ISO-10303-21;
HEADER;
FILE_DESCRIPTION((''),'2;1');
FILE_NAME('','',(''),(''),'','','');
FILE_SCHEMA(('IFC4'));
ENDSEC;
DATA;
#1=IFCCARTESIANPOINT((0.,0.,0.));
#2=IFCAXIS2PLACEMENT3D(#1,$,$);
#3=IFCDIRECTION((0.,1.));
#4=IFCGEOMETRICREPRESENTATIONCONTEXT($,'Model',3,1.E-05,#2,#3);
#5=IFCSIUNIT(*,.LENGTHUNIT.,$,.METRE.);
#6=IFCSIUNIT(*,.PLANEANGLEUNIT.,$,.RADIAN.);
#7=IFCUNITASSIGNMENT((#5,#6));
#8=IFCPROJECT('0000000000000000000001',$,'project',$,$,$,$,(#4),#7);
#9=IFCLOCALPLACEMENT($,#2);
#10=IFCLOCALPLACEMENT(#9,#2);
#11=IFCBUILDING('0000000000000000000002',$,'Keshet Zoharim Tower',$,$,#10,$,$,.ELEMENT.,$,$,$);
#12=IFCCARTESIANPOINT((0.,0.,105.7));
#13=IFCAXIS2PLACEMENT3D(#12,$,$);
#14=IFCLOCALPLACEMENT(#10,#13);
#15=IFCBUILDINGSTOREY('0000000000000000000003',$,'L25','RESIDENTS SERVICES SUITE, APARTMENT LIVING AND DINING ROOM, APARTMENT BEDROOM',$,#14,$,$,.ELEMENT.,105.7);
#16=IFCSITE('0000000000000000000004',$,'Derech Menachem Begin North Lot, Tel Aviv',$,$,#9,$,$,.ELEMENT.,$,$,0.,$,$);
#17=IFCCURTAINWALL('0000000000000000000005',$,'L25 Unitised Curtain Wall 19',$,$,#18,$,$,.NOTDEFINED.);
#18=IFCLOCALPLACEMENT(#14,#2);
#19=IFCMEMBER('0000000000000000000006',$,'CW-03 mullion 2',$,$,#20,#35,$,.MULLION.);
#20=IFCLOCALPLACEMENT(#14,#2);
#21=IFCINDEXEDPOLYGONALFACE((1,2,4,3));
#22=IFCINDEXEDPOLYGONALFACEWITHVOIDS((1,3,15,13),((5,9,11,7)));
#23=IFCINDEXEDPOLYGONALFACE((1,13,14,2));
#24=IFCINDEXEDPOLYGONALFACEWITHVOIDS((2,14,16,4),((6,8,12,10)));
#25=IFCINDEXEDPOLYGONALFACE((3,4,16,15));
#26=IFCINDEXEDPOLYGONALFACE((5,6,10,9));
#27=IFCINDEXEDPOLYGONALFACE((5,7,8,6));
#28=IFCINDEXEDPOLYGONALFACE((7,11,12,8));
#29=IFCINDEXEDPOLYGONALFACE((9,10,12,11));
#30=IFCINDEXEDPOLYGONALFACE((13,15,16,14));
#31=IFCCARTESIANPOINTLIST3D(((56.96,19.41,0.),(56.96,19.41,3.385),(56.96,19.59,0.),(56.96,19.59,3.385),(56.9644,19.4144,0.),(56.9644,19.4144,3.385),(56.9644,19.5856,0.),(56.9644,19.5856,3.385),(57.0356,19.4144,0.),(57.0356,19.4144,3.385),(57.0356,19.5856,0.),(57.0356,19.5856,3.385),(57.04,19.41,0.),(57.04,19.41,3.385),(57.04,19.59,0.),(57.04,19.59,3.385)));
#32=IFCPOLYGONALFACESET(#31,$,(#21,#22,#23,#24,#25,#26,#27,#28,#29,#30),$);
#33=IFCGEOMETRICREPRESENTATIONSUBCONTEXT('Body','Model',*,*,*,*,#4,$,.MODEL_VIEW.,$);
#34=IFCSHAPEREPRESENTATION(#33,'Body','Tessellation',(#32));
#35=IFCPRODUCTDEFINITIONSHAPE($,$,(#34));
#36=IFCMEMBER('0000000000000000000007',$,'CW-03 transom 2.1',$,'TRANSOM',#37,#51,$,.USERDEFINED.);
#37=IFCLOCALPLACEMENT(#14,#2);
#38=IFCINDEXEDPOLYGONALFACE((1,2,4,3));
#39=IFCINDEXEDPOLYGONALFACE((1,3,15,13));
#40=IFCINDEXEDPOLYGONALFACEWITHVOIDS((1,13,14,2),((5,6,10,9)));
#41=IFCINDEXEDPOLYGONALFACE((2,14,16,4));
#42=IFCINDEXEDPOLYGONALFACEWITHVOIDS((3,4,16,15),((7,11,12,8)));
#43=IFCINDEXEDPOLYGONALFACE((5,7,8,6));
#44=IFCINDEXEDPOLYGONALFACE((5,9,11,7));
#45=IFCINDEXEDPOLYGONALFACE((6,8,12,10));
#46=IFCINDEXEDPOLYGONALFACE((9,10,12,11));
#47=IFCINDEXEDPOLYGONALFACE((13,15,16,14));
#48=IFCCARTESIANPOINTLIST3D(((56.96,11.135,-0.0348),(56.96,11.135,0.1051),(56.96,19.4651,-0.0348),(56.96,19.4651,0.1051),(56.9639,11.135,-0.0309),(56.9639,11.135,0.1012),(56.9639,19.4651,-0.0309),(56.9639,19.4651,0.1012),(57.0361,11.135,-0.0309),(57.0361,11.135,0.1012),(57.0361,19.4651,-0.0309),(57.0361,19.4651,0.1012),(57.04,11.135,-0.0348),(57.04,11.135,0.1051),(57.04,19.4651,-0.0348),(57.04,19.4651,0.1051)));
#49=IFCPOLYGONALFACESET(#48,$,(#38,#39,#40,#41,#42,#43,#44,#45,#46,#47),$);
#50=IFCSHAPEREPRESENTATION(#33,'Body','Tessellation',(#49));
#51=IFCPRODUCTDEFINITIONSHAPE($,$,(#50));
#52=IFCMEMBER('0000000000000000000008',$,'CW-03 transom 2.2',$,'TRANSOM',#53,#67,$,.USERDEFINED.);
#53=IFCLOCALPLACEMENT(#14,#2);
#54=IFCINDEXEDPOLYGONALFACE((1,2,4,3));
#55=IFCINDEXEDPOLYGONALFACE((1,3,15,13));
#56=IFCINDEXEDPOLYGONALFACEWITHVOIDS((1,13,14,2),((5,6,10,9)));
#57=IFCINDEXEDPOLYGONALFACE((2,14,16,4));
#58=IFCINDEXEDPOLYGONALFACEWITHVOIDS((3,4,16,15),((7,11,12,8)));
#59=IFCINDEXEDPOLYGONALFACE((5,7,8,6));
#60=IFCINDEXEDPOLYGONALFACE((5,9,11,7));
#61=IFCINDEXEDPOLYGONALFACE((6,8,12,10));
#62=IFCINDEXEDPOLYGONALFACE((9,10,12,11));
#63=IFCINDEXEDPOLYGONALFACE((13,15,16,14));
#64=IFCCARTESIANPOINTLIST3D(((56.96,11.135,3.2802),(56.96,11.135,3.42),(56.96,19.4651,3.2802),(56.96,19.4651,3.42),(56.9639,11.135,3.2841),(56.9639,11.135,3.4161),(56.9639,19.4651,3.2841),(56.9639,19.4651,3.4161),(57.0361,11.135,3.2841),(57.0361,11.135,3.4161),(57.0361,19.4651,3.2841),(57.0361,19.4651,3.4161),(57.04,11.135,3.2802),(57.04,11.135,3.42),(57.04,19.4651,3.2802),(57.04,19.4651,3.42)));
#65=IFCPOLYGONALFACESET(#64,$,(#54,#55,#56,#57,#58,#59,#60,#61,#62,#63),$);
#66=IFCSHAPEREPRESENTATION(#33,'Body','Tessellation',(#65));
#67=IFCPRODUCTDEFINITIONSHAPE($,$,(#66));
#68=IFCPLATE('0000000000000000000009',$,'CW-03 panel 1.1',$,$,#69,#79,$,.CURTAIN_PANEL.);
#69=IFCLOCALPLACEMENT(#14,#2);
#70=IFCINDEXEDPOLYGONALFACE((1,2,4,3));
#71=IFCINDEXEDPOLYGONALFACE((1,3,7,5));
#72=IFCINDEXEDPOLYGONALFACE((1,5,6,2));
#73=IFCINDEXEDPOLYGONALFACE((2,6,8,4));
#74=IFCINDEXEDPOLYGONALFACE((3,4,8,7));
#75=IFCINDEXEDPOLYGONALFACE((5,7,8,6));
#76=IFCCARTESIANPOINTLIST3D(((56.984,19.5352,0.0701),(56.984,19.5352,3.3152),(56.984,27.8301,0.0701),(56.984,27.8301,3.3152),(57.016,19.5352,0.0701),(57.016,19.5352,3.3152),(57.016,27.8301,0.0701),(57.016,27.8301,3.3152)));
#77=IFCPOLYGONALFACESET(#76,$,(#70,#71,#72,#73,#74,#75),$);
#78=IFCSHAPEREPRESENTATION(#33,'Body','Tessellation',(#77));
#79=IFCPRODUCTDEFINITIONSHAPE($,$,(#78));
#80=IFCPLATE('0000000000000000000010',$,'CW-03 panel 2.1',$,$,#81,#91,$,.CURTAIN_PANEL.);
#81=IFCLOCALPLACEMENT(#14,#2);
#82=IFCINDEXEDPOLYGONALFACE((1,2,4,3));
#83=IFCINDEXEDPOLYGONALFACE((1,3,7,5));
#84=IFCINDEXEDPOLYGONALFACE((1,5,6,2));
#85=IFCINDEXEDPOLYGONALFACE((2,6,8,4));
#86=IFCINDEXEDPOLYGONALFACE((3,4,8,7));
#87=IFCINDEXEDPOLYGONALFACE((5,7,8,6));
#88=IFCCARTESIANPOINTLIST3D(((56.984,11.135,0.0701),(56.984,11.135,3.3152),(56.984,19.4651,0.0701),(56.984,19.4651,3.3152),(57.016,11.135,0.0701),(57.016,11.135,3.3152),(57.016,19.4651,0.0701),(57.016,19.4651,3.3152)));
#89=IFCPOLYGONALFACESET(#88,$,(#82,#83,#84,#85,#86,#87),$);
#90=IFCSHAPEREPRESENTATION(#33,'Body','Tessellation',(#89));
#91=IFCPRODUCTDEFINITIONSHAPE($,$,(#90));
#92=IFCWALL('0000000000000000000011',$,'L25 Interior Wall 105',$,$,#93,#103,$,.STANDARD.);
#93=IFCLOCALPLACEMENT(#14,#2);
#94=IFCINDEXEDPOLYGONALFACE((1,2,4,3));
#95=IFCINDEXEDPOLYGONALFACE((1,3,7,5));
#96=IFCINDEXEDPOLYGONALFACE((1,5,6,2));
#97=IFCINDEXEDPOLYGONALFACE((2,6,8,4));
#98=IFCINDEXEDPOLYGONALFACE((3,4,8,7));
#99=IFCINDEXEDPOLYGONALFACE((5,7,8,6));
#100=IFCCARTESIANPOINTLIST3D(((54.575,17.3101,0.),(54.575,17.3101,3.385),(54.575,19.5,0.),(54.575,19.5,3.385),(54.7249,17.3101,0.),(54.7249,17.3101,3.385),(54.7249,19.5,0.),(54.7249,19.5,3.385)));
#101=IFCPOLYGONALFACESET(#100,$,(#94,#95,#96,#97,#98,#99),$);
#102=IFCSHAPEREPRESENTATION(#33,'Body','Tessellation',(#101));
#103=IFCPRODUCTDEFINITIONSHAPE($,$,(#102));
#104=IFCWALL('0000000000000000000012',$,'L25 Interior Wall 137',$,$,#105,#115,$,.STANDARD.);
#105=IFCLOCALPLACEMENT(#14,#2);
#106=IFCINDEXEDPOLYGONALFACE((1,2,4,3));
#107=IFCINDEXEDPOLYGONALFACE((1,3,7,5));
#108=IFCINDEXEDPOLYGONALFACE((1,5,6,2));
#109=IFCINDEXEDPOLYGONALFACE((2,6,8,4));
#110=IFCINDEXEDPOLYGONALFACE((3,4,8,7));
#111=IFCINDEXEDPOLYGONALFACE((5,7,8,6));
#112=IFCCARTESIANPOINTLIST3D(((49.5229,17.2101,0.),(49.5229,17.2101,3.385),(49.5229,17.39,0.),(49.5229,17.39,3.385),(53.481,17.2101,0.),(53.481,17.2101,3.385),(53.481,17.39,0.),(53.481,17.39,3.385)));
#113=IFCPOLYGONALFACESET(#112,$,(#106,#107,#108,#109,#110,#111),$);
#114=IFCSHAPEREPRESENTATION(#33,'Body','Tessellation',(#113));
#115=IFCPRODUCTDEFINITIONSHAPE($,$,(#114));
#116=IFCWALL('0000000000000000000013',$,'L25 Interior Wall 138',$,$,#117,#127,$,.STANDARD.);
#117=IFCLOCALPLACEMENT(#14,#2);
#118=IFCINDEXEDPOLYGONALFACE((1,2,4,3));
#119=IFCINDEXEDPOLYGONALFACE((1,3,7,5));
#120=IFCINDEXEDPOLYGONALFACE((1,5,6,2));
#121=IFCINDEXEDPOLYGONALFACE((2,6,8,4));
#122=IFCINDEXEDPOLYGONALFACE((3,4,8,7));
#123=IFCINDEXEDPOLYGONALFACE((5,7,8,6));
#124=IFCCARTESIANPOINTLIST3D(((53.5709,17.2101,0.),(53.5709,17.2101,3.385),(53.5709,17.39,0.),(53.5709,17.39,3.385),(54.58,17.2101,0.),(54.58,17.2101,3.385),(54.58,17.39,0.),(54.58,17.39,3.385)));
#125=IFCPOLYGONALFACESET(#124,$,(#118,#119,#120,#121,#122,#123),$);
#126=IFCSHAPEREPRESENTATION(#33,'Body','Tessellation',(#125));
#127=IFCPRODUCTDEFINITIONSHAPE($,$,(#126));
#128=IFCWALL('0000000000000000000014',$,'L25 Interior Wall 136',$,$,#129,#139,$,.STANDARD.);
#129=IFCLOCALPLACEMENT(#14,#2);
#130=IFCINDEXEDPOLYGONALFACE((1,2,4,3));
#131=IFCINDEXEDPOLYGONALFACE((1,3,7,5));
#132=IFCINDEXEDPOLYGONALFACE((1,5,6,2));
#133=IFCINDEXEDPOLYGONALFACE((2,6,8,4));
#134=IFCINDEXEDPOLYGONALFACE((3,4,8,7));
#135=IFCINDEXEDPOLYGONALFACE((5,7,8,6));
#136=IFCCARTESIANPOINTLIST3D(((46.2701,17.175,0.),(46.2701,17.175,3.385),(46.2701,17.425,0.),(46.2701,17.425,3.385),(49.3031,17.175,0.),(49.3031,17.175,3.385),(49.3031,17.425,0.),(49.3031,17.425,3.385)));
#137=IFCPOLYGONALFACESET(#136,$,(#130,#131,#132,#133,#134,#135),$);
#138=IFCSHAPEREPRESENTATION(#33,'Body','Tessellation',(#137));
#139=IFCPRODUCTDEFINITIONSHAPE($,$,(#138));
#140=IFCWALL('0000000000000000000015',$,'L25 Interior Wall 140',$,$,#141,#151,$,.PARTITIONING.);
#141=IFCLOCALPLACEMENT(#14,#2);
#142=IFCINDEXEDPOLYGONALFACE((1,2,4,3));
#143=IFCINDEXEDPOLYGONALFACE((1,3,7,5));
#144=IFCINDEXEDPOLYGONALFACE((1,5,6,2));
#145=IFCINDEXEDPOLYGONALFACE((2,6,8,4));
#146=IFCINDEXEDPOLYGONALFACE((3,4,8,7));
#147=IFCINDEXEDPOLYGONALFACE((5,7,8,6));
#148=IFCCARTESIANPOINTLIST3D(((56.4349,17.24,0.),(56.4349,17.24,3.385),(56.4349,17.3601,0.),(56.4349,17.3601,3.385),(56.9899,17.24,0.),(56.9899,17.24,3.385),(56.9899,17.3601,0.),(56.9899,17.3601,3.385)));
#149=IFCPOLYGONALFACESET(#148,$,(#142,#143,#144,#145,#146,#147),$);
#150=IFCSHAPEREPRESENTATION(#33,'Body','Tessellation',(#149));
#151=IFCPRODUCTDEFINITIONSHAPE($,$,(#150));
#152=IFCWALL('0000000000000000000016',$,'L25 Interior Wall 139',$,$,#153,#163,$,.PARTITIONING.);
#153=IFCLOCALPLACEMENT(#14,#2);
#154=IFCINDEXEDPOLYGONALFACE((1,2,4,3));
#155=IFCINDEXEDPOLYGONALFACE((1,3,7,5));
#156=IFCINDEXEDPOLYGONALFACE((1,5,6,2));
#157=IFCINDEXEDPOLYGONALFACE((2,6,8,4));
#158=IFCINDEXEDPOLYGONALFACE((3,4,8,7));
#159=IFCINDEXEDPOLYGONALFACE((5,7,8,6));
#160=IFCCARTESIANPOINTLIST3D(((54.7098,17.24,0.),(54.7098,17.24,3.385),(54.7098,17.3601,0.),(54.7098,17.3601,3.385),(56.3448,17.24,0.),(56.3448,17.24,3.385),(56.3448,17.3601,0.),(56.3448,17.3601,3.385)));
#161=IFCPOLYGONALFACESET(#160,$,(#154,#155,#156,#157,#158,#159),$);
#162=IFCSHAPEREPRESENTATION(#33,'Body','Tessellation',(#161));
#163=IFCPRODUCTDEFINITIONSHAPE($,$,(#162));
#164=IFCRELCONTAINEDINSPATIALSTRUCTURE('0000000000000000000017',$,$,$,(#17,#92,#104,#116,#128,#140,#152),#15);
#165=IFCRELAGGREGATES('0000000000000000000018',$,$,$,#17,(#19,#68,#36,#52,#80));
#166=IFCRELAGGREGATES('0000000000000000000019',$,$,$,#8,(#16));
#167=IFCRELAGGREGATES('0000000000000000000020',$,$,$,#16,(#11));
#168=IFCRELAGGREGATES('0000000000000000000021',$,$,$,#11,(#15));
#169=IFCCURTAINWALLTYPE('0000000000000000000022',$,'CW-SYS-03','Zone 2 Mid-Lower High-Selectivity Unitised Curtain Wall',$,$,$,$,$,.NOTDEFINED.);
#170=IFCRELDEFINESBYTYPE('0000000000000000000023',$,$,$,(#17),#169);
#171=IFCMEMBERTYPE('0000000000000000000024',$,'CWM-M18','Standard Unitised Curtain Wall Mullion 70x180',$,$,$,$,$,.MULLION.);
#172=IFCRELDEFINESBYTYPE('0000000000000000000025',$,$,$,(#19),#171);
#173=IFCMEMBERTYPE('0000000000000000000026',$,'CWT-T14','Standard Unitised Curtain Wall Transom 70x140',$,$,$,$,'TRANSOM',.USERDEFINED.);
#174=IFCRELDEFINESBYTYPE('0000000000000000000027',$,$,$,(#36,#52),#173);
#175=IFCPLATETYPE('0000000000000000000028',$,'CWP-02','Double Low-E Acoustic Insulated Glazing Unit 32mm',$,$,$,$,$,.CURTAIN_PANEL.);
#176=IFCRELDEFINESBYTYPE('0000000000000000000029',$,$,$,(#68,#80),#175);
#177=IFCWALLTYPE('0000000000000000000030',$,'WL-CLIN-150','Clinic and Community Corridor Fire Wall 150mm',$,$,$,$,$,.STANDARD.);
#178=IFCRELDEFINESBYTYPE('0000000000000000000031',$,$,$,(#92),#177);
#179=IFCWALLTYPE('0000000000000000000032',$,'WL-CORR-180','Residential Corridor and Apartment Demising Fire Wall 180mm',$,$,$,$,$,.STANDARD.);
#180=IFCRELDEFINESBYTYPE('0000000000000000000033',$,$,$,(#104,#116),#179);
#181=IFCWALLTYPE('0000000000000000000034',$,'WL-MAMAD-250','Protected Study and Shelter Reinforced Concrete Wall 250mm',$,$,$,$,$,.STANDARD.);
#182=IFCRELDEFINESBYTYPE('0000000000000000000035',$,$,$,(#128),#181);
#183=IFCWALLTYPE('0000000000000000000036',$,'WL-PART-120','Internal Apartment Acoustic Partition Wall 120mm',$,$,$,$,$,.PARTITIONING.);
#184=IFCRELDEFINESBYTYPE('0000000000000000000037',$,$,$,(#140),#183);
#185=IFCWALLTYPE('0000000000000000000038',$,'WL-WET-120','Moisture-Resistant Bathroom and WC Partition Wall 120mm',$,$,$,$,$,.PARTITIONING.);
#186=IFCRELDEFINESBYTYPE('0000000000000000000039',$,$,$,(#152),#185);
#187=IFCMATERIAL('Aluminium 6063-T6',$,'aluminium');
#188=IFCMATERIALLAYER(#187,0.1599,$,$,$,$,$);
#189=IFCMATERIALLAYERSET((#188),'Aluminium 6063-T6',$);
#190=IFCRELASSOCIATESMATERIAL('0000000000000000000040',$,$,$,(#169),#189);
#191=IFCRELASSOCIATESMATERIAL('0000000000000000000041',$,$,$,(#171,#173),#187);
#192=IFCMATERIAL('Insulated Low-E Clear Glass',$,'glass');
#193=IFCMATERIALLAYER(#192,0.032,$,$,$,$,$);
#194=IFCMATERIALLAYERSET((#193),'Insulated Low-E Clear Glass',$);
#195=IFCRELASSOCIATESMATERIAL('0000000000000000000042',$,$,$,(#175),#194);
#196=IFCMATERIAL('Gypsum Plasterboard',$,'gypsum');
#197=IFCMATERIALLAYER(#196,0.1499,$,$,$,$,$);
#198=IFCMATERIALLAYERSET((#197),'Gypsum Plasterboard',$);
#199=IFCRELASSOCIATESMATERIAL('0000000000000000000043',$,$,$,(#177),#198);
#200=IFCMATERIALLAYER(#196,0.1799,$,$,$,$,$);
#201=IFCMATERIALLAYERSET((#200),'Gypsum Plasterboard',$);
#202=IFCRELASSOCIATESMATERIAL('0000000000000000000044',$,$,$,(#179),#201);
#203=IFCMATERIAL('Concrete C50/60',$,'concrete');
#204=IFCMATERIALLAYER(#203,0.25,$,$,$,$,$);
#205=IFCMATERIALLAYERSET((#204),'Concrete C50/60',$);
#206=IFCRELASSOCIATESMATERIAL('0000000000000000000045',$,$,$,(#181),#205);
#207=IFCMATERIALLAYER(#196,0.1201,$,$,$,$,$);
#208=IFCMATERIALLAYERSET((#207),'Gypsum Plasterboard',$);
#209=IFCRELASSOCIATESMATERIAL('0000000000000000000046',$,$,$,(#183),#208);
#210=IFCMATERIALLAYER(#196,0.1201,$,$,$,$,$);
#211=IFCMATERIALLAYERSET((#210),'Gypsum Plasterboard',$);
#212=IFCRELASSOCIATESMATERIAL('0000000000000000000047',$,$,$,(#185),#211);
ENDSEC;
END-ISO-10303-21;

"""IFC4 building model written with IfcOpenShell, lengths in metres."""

from ifc_helpers import new_model, si_unit, direction, frame, frame_2d, origin, origin_2d, place, context, subcontext, project, spatial, rectangle, hollow_rectangle, extrude, material, layer, layer_set, material_profile, profile_set, type_object, element, aggregate, save


model = new_model("IFC4")

# Units and contexts
model_context = context("Model", 3, precision=1e-05, world=origin(), true_north=direction((0.0, 1.0)))
body_context = subcontext(model_context, "Body", "Model", "MODEL_VIEW")
ifc_project = project(units=[si_unit("LENGTHUNIT", "METRE"), si_unit("PLANEANGLEUNIT", "RADIAN")], contexts=[model_context])

# Site, building, storey
site_placement = place(None, origin())
site = spatial("IfcSite", under=ifc_project, at=site_placement, Name="Derech Menachem Begin North Lot, Tel Aviv", CompositionType="ELEMENT", RefElevation=0.0)
building_placement = place(site_placement, origin())
building = spatial("IfcBuilding", under=site, at=building_placement, Name="Keshet Zoharim Tower", CompositionType="ELEMENT")
storey_placement = place(building_placement, frame((0.0, 0.0, 105.7)))
storey = spatial("IfcBuildingStorey", under=building, at=storey_placement, Name="L25", Description="RESIDENTS SERVICES SUITE, APARTMENT LIVING AND DINING ROOM, APARTMENT BEDROOM", CompositionType="ELEMENT", Elevation=105.7)

# Curtain wall, members, plates
ifc_material_1 = material(Name="Aluminium 6063-T6", Category="aluminium")
ifc_layer_1 = layer(ifc_material_1, 0.1599)
ifc_layer_set_1 = layer_set([ifc_layer_1], Name="Aluminium 6063-T6")
curtain_wall_type = type_object("IfcCurtainWallType", Name="CW-SYS-03", Description="Zone 2 Mid-Lower High-Selectivity Unitised Curtain Wall", PredefinedType="NOTDEFINED", material=ifc_layer_set_1)
curtain_wall_placement = place(storey_placement, origin())
curtain_wall = element("IfcCurtainWall", 1, at=curtain_wall_placement, inside=storey, type_object=curtain_wall_type, Name="L25 Unitised Curtain Wall 19", PredefinedType="NOTDEFINED")
ifc_material_profile_1 = material_profile(ifc_material_1, hollow_rectangle(XDim=0.0801, YDim=0.1799, WallThickness=0.0044, at=origin_2d()), Name="MUL-80x180")
ifc_profile_set_1 = profile_set([ifc_material_profile_1], Name="Aluminium 6063-T6")
member_type_1 = type_object("IfcMemberType", Name="CWM-M18", Description="Standard Unitised Curtain Wall Mullion 70x180", PredefinedType="MULLION", material=ifc_profile_set_1)
member_1_placement = place(storey_placement, frame((57.0, 19.5, 0.0), z_axis=(0.0, 0.0, 1.0), x_axis=(1.0, 0.0, 0.0)))
member_1 = element("IfcMember", 2, at=member_1_placement, type_object=member_type_1, Name="CW-03 mullion 2", PredefinedType="MULLION", context=body_context, shape_type="SweptSolid", body=[
    extrude(hollow_rectangle(XDim=0.0801, YDim=0.1799, WallThickness=0.0044, at=origin_2d()), origin(), (0.0, 0.0, 1.0), 3.385),
])
ifc_material_profile_2 = material_profile(ifc_material_1, hollow_rectangle(XDim=0.0801, YDim=0.1399, WallThickness=0.0039, at=origin_2d()), Name="TRN-80x140")
ifc_profile_set_2 = profile_set([ifc_material_profile_2], Name="Aluminium 6063-T6")
member_type_2 = type_object("IfcMemberType", Name="CWT-T14", Description="Standard Unitised Curtain Wall Transom 70x140", ElementType="TRANSOM", PredefinedType="USERDEFINED", material=ifc_profile_set_2)
member_2_placement = place(storey_placement, frame((57.0, 19.4651, 0.0352), z_axis=(0.0, -1.0, 0.0), x_axis=(1.0, 0.0, 0.0)))
member_2 = element("IfcMember", 3, at=member_2_placement, type_object=member_type_2, Name="CW-03 transom 2.1", ObjectType="TRANSOM", PredefinedType="USERDEFINED", context=body_context, shape_type="SweptSolid", body=[
    extrude(hollow_rectangle(XDim=0.0801, YDim=0.1399, WallThickness=0.0039, at=origin_2d()), origin(), (0.0, 0.0, 1.0), 8.3301),
])
member_3_placement = place(storey_placement, frame((57.0, 19.4651, 3.3501), z_axis=(0.0, -1.0, 0.0), x_axis=(1.0, 0.0, 0.0)))
member_3 = element("IfcMember", 4, at=member_3_placement, type_object=member_type_2, Name="CW-03 transom 2.2", ObjectType="TRANSOM", PredefinedType="USERDEFINED", context=body_context, shape_type="SweptSolid", body=[
    extrude(hollow_rectangle(XDim=0.0801, YDim=0.1399, WallThickness=0.0039, at=origin_2d()), origin(), (0.0, 0.0, 1.0), 8.3301),
])
ifc_material_2 = material(Name="Insulated Low-E Clear Glass", Category="glass")
ifc_layer_2 = layer(ifc_material_2, 0.032)
ifc_layer_set_2 = layer_set([ifc_layer_2], Name="Insulated Low-E Clear Glass")
plate_type = type_object("IfcPlateType", Name="CWP-02", Description="Double Low-E Acoustic Insulated Glazing Unit 32mm", PredefinedType="CURTAIN_PANEL", material=ifc_layer_set_2)
plate_1_placement = place(storey_placement, frame((57.0, 23.6826, 0.0701), z_axis=(0.0, 0.0, 1.0), x_axis=(0.0, -1.0, 0.0)))
plate_1 = element("IfcPlate", 5, at=plate_1_placement, type_object=plate_type, Name="CW-03 panel 1.1", PredefinedType="CURTAIN_PANEL", context=body_context, shape_type="SweptSolid", body=[
    extrude(rectangle(XDim=8.2949, YDim=0.032, at=origin_2d()), origin(), (0.0, 0.0, 1.0), 3.2451),
])
plate_2_placement = place(storey_placement, frame((57.0, 15.3, 0.0701), z_axis=(0.0, 0.0, 1.0), x_axis=(0.0, -1.0, 0.0)))
plate_2 = element("IfcPlate", 6, at=plate_2_placement, type_object=plate_type, Name="CW-03 panel 2.1", PredefinedType="CURTAIN_PANEL", context=body_context, shape_type="SweptSolid", body=[
    extrude(rectangle(XDim=8.3301, YDim=0.032, at=origin_2d()), origin(), (0.0, 0.0, 1.0), 3.2451),
])
aggregate(curtain_wall, [member_1, plate_1, member_2, member_3, plate_2])

# Walls
ifc_material_3 = material(Name="Gypsum Plasterboard", Category="gypsum")
ifc_layer_3 = layer(ifc_material_3, 0.1499)
ifc_layer_set_3 = layer_set([ifc_layer_3], Name="Gypsum Plasterboard")
wall_type_1 = type_object("IfcWallType", Name="WL-CLIN-150", Description="Clinic and Community Corridor Fire Wall 150mm", PredefinedType="STANDARD", material=ifc_layer_set_3)
wall_1_placement = place(storey_placement, frame((54.6499, 17.3101, 0.0), z_axis=(0.0, 0.0, 1.0), x_axis=(0.0, 1.0, 0.0)))
element("IfcWall", 7, at=wall_1_placement, inside=storey, type_object=wall_type_1, Name="L25 Interior Wall 105", PredefinedType="STANDARD", context=body_context, shape_type="SweptSolid", body=[
    extrude(rectangle(XDim=2.1899, YDim=0.1499, at=frame_2d((1.095, 0.0))), origin(), (0.0, 0.0, 1.0), 3.385),
])
ifc_layer_4 = layer(ifc_material_3, 0.1799)
ifc_layer_set_4 = layer_set([ifc_layer_4], Name="Gypsum Plasterboard")
wall_type_2 = type_object("IfcWallType", Name="WL-CORR-180", Description="Residential Corridor and Apartment Demising Fire Wall 180mm", PredefinedType="STANDARD", material=ifc_layer_set_4)
wall_2_placement = place(storey_placement, frame((49.5229, 17.3, 0.0), z_axis=(0.0, 0.0, 1.0), x_axis=(1.0, 0.0, 0.0)))
element("IfcWall", 8, at=wall_2_placement, inside=storey, type_object=wall_type_2, Name="L25 Interior Wall 137", PredefinedType="STANDARD", context=body_context, shape_type="SweptSolid", body=[
    extrude(rectangle(XDim=3.958, YDim=0.1799, at=frame_2d((1.979, 0.0))), origin(), (0.0, 0.0, 1.0), 3.385),
])
wall_3_placement = place(storey_placement, frame((53.571, 17.3, 0.0), z_axis=(0.0, 0.0, 1.0), x_axis=(1.0, 0.0, 0.0)))
element("IfcWall", 9, at=wall_3_placement, inside=storey, type_object=wall_type_2, Name="L25 Interior Wall 138", PredefinedType="STANDARD", context=body_context, shape_type="SweptSolid", body=[
    extrude(rectangle(XDim=1.009, YDim=0.1799, at=frame_2d((0.5044, 0.0))), origin(), (0.0, 0.0, 1.0), 3.385),
])
ifc_material_4 = material(Name="Concrete C50/60", Category="concrete")
ifc_layer_5 = layer(ifc_material_4, 0.25)
ifc_layer_set_5 = layer_set([ifc_layer_5], Name="Concrete C50/60")
wall_type_3 = type_object("IfcWallType", Name="WL-MAMAD-250", Description="Protected Study and Shelter Reinforced Concrete Wall 250mm", PredefinedType="STANDARD", material=ifc_layer_set_5)
wall_4_placement = place(storey_placement, frame((46.27, 17.3, 0.0), z_axis=(0.0, 0.0, 1.0), x_axis=(1.0, 0.0, 0.0)))
element("IfcWall", 10, at=wall_4_placement, inside=storey, type_object=wall_type_3, Name="L25 Interior Wall 136", PredefinedType="STANDARD", context=body_context, shape_type="SweptSolid", body=[
    extrude(rectangle(XDim=3.033, YDim=0.25, at=frame_2d((1.5166, 0.0))), origin(), (0.0, 0.0, 1.0), 3.385),
])
ifc_layer_6 = layer(ifc_material_3, 0.1201)
ifc_layer_set_6 = layer_set([ifc_layer_6], Name="Gypsum Plasterboard")
wall_type_4 = type_object("IfcWallType", Name="WL-PART-120", Description="Internal Apartment Acoustic Partition Wall 120mm", PredefinedType="PARTITIONING", material=ifc_layer_set_6)
wall_5_placement = place(storey_placement, frame((56.4351, 17.3, 0.0), z_axis=(0.0, 0.0, 1.0), x_axis=(1.0, 0.0, 0.0)))
element("IfcWall", 11, at=wall_5_placement, inside=storey, type_object=wall_type_4, Name="L25 Interior Wall 140", PredefinedType="PARTITIONING", context=body_context, shape_type="SweptSolid", body=[
    extrude(rectangle(XDim=0.5549, YDim=0.1201, at=frame_2d((0.2773, 0.0))), origin(), (0.0, 0.0, 1.0), 3.385),
])
ifc_layer_7 = layer(ifc_material_3, 0.1201)
ifc_layer_set_7 = layer_set([ifc_layer_7], Name="Gypsum Plasterboard")
wall_type_5 = type_object("IfcWallType", Name="WL-WET-120", Description="Moisture-Resistant Bathroom and WC Partition Wall 120mm", PredefinedType="PARTITIONING", material=ifc_layer_set_7)
wall_6_placement = place(storey_placement, frame((54.71, 17.3, 0.0), z_axis=(0.0, 0.0, 1.0), x_axis=(1.0, 0.0, 0.0)))
element("IfcWall", 12, at=wall_6_placement, inside=storey, type_object=wall_type_5, Name="L25 Interior Wall 139", PredefinedType="PARTITIONING", context=body_context, shape_type="SweptSolid", body=[
    extrude(rectangle(XDim=1.635, YDim=0.1201, at=frame_2d((0.8174, 0.0))), origin(), (0.0, 0.0, 1.0), 3.385),
])

save(model, "model.ifc")
